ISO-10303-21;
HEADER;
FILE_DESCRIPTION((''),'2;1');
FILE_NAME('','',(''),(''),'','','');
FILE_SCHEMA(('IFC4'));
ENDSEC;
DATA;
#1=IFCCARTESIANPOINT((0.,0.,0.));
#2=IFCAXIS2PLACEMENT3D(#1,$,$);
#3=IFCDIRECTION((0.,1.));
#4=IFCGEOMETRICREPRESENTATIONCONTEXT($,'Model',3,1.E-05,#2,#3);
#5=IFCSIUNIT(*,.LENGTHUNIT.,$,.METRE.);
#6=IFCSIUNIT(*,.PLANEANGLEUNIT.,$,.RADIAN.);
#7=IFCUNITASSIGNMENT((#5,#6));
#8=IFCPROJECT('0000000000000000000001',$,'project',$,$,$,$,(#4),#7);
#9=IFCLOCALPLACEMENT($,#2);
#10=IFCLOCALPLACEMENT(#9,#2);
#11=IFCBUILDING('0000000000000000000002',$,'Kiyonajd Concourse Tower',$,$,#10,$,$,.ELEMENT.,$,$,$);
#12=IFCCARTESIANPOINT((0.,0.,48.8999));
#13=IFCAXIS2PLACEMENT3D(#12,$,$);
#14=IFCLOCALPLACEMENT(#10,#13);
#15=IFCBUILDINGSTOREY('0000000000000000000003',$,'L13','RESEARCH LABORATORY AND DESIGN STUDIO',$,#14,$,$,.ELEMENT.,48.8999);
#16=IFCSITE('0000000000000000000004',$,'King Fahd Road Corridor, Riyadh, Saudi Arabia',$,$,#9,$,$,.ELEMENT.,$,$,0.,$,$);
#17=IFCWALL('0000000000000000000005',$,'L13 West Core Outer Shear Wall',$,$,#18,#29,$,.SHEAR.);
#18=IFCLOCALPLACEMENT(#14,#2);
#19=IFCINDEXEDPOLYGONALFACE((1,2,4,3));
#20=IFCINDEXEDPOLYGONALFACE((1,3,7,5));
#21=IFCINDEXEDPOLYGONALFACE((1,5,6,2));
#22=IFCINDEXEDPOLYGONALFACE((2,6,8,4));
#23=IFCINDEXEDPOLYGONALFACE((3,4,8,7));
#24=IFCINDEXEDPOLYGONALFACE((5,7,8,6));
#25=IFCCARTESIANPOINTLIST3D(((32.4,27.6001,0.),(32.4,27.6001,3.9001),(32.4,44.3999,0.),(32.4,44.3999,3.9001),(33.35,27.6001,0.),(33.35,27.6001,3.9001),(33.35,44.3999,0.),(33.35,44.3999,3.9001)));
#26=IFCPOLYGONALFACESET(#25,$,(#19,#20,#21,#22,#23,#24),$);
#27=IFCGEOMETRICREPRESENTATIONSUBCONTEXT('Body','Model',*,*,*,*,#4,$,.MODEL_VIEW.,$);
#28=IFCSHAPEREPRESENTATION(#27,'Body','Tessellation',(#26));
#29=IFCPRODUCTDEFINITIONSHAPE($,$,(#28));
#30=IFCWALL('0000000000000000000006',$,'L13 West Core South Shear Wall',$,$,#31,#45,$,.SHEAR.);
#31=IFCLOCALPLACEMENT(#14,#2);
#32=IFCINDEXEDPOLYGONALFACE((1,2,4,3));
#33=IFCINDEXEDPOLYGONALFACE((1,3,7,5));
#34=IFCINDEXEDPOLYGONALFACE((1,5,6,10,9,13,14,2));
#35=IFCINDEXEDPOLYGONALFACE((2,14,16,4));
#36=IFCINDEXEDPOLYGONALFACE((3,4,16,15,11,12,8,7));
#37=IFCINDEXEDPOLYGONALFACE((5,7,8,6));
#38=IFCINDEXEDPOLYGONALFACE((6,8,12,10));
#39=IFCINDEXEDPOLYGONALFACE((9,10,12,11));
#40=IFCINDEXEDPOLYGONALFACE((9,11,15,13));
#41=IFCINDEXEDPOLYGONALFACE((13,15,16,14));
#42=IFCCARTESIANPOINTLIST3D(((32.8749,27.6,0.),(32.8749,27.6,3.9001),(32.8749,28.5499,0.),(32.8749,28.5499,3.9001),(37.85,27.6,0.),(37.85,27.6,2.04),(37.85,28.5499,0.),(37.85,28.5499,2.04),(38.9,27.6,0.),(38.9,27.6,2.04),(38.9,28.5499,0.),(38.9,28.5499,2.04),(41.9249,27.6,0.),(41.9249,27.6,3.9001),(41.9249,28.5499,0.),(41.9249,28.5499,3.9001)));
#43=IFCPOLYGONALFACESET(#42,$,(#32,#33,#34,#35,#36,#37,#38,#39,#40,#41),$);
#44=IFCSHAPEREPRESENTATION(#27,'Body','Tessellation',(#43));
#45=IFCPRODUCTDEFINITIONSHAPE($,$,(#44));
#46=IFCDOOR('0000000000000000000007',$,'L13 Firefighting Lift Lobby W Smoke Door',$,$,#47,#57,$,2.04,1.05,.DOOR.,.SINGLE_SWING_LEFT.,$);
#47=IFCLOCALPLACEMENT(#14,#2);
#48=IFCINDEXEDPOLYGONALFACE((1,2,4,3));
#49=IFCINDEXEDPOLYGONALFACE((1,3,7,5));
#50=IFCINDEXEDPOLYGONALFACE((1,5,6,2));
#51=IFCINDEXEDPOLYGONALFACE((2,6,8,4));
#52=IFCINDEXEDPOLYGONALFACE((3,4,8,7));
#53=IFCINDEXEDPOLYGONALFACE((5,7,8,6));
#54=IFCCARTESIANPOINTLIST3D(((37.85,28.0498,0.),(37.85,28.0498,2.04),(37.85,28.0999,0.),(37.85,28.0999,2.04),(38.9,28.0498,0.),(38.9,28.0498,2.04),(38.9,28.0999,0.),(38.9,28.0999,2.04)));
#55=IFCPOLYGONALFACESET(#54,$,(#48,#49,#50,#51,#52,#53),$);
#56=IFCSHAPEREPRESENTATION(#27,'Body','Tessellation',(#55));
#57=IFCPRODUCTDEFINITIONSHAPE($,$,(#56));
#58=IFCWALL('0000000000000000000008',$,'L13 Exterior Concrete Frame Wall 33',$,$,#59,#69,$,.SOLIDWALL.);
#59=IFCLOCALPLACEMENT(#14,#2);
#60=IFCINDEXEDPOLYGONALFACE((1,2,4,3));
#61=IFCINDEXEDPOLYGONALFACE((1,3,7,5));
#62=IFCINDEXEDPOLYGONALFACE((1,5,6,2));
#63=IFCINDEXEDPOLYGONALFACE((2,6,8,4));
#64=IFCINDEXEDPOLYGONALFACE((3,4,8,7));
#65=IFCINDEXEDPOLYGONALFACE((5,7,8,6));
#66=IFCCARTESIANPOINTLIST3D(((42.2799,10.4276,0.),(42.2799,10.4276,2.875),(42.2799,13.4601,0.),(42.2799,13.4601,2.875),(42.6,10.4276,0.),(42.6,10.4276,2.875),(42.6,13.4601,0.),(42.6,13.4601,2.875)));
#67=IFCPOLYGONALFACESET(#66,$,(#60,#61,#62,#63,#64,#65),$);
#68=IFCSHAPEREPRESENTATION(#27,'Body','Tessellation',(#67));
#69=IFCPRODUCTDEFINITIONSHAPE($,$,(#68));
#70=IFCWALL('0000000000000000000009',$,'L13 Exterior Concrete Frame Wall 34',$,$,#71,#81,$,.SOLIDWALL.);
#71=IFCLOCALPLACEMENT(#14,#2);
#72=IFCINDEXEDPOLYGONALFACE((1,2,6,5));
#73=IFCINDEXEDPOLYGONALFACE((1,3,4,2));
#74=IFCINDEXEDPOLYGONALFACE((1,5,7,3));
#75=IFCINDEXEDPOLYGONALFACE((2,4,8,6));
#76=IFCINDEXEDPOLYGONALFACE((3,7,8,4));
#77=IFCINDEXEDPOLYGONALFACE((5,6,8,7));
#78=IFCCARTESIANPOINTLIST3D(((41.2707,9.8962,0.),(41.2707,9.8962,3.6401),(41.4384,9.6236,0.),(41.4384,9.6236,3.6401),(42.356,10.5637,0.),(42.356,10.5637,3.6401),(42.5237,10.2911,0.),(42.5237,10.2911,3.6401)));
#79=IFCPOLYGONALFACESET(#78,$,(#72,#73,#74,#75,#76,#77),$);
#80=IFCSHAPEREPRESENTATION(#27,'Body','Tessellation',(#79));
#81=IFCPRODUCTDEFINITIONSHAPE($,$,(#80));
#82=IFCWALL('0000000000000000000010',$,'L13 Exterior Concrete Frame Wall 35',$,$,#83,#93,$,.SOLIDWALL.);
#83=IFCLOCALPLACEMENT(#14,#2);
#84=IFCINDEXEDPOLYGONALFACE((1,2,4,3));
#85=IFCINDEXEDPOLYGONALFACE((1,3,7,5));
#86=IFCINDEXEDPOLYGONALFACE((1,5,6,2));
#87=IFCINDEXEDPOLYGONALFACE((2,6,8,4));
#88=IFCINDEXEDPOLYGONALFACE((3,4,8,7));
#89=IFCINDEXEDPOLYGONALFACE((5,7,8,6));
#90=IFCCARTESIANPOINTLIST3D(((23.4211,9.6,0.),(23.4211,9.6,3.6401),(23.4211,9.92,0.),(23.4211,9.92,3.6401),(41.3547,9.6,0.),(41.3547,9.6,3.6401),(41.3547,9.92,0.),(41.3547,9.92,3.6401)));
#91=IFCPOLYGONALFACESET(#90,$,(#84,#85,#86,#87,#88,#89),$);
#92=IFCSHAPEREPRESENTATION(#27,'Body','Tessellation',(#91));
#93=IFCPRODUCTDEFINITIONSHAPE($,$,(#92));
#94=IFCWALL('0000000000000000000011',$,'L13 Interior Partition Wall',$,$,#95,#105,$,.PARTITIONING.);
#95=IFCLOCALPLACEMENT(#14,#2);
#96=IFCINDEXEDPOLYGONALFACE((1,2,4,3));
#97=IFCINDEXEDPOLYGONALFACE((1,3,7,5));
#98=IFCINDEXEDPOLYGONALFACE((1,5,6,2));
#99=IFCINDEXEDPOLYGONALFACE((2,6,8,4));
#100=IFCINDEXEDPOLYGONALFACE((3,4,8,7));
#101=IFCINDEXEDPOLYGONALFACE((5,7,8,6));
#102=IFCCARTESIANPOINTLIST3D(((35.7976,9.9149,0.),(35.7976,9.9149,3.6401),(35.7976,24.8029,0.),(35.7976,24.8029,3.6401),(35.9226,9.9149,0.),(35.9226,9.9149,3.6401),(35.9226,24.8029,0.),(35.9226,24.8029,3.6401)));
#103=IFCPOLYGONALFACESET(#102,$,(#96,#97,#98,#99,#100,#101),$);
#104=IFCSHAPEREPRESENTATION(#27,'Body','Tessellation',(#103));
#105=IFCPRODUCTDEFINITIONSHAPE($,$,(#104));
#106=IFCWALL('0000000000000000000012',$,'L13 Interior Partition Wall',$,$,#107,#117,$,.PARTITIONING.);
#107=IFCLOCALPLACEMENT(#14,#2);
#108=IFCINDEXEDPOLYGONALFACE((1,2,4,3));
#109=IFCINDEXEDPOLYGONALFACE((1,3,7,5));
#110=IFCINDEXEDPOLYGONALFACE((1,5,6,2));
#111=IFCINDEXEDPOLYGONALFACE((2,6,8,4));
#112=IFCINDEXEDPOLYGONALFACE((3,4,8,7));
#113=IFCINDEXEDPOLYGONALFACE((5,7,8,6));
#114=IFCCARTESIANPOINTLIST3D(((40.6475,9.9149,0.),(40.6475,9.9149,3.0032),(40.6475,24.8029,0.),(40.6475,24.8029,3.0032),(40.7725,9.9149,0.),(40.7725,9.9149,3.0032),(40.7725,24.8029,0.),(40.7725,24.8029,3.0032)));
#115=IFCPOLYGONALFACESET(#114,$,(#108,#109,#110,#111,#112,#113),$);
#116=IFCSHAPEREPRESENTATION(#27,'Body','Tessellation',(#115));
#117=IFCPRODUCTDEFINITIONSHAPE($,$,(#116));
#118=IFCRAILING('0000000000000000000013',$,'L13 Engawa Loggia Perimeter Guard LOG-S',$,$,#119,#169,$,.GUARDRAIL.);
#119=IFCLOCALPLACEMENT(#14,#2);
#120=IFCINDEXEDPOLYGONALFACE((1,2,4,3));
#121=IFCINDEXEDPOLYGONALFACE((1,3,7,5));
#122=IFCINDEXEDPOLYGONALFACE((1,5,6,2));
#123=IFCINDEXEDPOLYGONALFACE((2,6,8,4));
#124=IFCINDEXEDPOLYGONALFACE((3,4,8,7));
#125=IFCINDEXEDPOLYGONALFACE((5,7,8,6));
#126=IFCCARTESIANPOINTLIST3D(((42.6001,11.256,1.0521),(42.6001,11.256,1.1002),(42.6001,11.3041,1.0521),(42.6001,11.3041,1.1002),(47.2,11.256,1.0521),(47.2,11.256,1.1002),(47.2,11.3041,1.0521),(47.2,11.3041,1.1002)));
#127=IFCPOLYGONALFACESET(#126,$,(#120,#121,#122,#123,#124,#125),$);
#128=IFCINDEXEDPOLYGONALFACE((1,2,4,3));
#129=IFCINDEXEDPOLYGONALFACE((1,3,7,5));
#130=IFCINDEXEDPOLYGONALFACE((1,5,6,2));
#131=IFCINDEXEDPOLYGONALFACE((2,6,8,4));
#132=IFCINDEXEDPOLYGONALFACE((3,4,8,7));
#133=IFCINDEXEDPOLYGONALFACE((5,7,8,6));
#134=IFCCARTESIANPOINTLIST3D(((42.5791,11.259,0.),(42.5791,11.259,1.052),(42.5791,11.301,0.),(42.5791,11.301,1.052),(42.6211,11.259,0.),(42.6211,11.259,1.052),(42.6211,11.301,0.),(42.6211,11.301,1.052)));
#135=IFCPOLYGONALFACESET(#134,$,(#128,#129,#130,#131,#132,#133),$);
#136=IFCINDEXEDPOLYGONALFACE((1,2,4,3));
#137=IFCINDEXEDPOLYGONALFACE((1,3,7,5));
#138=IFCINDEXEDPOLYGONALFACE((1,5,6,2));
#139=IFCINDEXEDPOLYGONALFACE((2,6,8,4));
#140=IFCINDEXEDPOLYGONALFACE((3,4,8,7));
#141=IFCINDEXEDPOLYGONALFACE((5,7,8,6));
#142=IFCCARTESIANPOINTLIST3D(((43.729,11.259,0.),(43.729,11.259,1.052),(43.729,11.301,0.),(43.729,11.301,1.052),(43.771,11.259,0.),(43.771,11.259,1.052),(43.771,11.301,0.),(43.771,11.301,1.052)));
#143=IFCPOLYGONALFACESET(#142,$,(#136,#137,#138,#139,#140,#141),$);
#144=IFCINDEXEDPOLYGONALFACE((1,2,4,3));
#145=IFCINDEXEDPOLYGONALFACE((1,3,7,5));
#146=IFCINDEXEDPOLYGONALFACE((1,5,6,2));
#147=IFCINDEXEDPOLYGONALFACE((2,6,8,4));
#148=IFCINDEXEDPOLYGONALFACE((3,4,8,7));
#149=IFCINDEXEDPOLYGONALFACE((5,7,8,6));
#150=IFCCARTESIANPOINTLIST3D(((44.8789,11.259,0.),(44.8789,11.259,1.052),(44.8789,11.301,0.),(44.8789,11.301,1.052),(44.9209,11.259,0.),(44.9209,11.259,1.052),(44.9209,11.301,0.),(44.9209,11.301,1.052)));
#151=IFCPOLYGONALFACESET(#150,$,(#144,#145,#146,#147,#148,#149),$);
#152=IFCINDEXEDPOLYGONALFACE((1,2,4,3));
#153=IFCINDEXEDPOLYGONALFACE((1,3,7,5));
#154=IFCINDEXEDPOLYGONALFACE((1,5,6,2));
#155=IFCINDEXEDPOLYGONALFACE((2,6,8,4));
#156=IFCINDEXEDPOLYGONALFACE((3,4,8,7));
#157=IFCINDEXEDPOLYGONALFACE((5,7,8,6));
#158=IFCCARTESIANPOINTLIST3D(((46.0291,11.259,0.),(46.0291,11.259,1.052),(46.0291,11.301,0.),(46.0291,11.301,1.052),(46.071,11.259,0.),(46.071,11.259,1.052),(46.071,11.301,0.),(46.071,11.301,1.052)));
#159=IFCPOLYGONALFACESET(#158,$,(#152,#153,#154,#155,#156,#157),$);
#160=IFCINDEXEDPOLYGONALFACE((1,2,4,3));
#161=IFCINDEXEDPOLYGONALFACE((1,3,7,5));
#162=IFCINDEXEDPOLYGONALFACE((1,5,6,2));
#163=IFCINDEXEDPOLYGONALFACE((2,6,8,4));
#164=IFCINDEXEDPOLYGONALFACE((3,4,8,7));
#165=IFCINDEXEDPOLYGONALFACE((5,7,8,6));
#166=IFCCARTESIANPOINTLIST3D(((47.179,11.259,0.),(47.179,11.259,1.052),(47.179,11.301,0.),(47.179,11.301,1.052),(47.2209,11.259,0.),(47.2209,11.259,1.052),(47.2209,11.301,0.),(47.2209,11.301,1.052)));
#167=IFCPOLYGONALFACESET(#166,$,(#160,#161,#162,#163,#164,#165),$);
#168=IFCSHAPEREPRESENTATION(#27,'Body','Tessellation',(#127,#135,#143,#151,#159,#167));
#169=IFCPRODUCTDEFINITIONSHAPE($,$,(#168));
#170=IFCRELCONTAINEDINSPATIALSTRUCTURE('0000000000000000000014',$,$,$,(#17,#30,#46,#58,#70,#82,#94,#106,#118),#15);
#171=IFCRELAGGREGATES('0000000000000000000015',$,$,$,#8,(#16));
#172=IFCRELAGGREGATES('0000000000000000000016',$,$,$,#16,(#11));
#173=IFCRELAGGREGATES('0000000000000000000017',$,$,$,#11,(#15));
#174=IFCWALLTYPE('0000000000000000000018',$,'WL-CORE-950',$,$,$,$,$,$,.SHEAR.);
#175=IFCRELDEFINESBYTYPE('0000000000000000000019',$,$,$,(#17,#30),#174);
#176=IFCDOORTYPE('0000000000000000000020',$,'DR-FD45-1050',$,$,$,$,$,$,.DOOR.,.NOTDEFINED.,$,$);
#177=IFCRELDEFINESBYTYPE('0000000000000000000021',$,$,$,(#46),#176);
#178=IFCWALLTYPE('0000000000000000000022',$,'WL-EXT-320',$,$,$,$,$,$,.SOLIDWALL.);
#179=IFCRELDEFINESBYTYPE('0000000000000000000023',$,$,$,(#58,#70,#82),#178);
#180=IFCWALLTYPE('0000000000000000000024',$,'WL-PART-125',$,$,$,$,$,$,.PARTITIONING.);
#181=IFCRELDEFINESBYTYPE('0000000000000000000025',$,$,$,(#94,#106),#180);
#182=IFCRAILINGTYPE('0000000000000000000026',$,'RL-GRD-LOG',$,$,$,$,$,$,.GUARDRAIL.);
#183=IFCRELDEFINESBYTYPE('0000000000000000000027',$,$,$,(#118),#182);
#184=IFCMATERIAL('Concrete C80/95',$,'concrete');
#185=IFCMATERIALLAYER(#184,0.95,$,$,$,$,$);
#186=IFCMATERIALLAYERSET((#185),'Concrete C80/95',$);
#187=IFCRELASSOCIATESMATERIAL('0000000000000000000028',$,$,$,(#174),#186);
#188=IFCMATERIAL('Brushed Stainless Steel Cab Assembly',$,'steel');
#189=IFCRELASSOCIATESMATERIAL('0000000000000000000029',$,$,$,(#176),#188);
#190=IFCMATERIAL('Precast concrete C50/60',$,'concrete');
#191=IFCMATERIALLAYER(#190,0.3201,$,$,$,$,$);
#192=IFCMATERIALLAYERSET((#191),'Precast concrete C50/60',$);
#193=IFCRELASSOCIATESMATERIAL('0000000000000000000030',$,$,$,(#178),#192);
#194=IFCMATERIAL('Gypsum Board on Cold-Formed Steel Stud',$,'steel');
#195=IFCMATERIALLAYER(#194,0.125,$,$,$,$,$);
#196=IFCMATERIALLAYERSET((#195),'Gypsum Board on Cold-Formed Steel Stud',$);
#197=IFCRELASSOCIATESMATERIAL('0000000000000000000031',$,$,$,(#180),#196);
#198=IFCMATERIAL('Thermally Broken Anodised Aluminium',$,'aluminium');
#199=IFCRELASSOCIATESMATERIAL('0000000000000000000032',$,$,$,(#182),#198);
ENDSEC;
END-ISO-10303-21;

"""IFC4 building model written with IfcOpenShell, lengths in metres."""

from ifc_helpers import new_model, si_unit, direction, frame, frame_2d, origin, origin_2d, place, context, subcontext, project, spatial, rectangle, extrude, material, layer, layer_set, type_object, element, fill, save


model = new_model("IFC4")

# Units and contexts
model_context = context("Model", 3, precision=1e-05, world=origin(), true_north=direction((0.0, 1.0)))
body_context = subcontext(model_context, "Body", "Model", "MODEL_VIEW")
ifc_project = project(units=[si_unit("LENGTHUNIT", "METRE"), si_unit("PLANEANGLEUNIT", "RADIAN")], contexts=[model_context])

# Site, building, storey
site_placement = place(None, origin())
site = spatial("IfcSite", under=ifc_project, at=site_placement, Name="King Fahd Road Corridor, Riyadh, Saudi Arabia", CompositionType="ELEMENT", RefElevation=0.0)
building_placement = place(site_placement, origin())
building = spatial("IfcBuilding", under=site, at=building_placement, Name="Kiyonajd Concourse Tower", CompositionType="ELEMENT")
storey_placement = place(building_placement, frame((0.0, 0.0, 48.8999)))
storey = spatial("IfcBuildingStorey", under=building, at=storey_placement, Name="L13", Description="RESEARCH LABORATORY AND DESIGN STUDIO", CompositionType="ELEMENT", Elevation=48.8999)

# Shared definitions
ifc_material_1 = material(Name="Concrete C80/95", Category="concrete")

# Shared definitions
ifc_material_2 = material(Name="Precast concrete C50/60", Category="concrete")

# Shared definitions
ifc_material_3 = material(Name="Thermally Broken Anodised Aluminium", Category="aluminium")

# Wall
ifc_layer_1 = layer(ifc_material_1, 0.95)
ifc_layer_set_1 = layer_set([ifc_layer_1], Name="Concrete C80/95")
wall_type_1 = type_object("IfcWallType", Name="WL-CORE-950", PredefinedType="SHEAR", material=ifc_layer_set_1)
wall_1_placement = place(storey_placement, frame((32.875, 27.6001, 0.0), z_axis=(0.0, 0.0, 1.0), x_axis=(0.0, 1.0, 0.0)))
element("IfcWall", 1, at=wall_1_placement, inside=storey, type_object=wall_type_1, Name="L13 West Core Outer Shear Wall", PredefinedType="SHEAR", context=body_context, shape_type="SweptSolid", body=[
    extrude(rectangle(XDim=16.7998, YDim=0.95, at=frame_2d((8.3999, 0.0))), origin(), (0.0, 0.0, 1.0), 3.9001),
])

# Wall, opening, door
wall_2_placement = place(storey_placement, frame((32.875, 28.075, 0.0), z_axis=(0.0, 0.0, 1.0), x_axis=(1.0, 0.0, 0.0)))
wall_2 = element("IfcWall", 2, at=wall_2_placement, inside=storey, type_object=wall_type_1, Name="L13 West Core South Shear Wall", PredefinedType="SHEAR", context=body_context, shape_type="SweptSolid", body=[
    extrude(rectangle(XDim=9.05, YDim=0.95, at=frame_2d((4.5249, 0.0))), origin(), (0.0, 0.0, 1.0), 3.9001),
])
opening_placement = place(wall_2_placement, frame((4.9751, 0.0, 0.0)))
opening = element("IfcOpeningElement", 3, at=opening_placement, cuts=wall_2, PredefinedType="OPENING", context=body_context, shape_type="SweptSolid", body=[
    extrude(rectangle(XDim=1.05, YDim=2.04, at=frame_2d((0.5249, 1.02))), frame((0.0, 0.4849, 0.0), z_axis=(0.0, -1.0, 0.0), x_axis=(1.0, 0.0, 0.0)), (0.0, 0.0, 1.0), 0.97),
])
ifc_material_4 = material(Name="Brushed Stainless Steel Cab Assembly", Category="steel")
door_type = type_object("IfcDoorType", Name="DR-FD45-1050", OperationType="NOTDEFINED", PredefinedType="DOOR", material=ifc_material_4)
door_placement = place(opening_placement, origin())
door = element("IfcDoor", 4, at=door_placement, inside=storey, type_object=door_type, Name="L13 Firefighting Lift Lobby W Smoke Door", OperationType="SINGLE_SWING_LEFT", OverallHeight=2.04, OverallWidth=1.05, PredefinedType="DOOR", context=body_context, shape_type="SweptSolid", body=[
    extrude(rectangle(XDim=1.05, YDim=2.04, at=frame_2d((0.5249, 1.02))), frame((0.0, 0.0249, 0.0), z_axis=(0.0, -1.0, 0.0), x_axis=(1.0, 0.0, 0.0)), (0.0, 0.0, 1.0), 0.05),
])
fill(opening, door)

# Walls
ifc_layer_2 = layer(ifc_material_2, 0.3201)
ifc_layer_set_2 = layer_set([ifc_layer_2], Name="Precast concrete C50/60")
wall_type_2 = type_object("IfcWallType", Name="WL-EXT-320", PredefinedType="SOLIDWALL", material=ifc_layer_set_2)
wall_3_placement = place(storey_placement, frame((42.4399, 13.46, 0.0), z_axis=(0.0, 0.0, 1.0), x_axis=(0.0, -1.0, 0.0)))
element("IfcWall", 5, at=wall_3_placement, inside=storey, type_object=wall_type_2, Name="L13 Exterior Concrete Frame Wall 33", PredefinedType="SOLIDWALL", context=body_context, shape_type="SweptSolid", body=[
    extrude(rectangle(XDim=3.0325, YDim=0.3201, at=frame_2d((1.5161, 0.0))), origin(), (0.0, 0.0, 1.0), 2.875),
])
wall_4_placement = place(storey_placement, frame((42.4399, 10.4275, 0.0), z_axis=(0.0, 0.0, 1.0), x_axis=(-0.851777, -0.523905, 0.0)))
element("IfcWall", 6, at=wall_4_placement, inside=storey, type_object=wall_type_2, Name="L13 Exterior Concrete Frame Wall 34", PredefinedType="SOLIDWALL", context=body_context, shape_type="SweptSolid", body=[
    extrude(rectangle(XDim=1.2742, YDim=0.3201, at=frame_2d((0.6372, 0.0))), origin(), (0.0, 0.0, 1.0), 3.6401),
])
wall_5_placement = place(storey_placement, frame((41.3547, 9.76, 0.0), z_axis=(0.0, 0.0, 1.0), x_axis=(-1.0, 0.0, 0.0)))
element("IfcWall", 7, at=wall_5_placement, inside=storey, type_object=wall_type_2, Name="L13 Exterior Concrete Frame Wall 35", PredefinedType="SOLIDWALL", context=body_context, shape_type="SweptSolid", body=[
    extrude(rectangle(XDim=17.9336, YDim=0.3201, at=frame_2d((8.9668, 0.0))), origin(), (0.0, 0.0, 1.0), 3.6401),
])
ifc_material_5 = material(Name="Gypsum Board on Cold-Formed Steel Stud", Category="steel")
ifc_layer_3 = layer(ifc_material_5, 0.125)
ifc_layer_set_3 = layer_set([ifc_layer_3], Name="Gypsum Board on Cold-Formed Steel Stud")
wall_type_3 = type_object("IfcWallType", Name="WL-PART-125", PredefinedType="PARTITIONING", material=ifc_layer_set_3)
wall_6_placement = place(storey_placement, frame((35.8601, 9.915, 0.0), z_axis=(0.0, 0.0, 1.0), x_axis=(0.0, 1.0, 0.0)))
element("IfcWall", 8, at=wall_6_placement, inside=storey, type_object=wall_type_3, Name="L13 Interior Partition Wall", PredefinedType="PARTITIONING", context=body_context, shape_type="SweptSolid", body=[
    extrude(rectangle(XDim=14.8879, YDim=0.125, at=frame_2d((7.4438, 0.0))), origin(), (0.0, 0.0, 1.0), 3.6401),
])
wall_7_placement = place(storey_placement, frame((40.71, 9.915, 0.0), z_axis=(0.0, 0.0, 1.0), x_axis=(0.0, 1.0, 0.0)))
element("IfcWall", 9, at=wall_7_placement, inside=storey, type_object=wall_type_3, Name="L13 Interior Partition Wall", PredefinedType="PARTITIONING", context=body_context, shape_type="SweptSolid", body=[
    extrude(rectangle(XDim=14.8879, YDim=0.125, at=frame_2d((7.4438, 0.0))), origin(), (0.0, 0.0, 1.0), 3.0032),
])

# Railing
railing_type = type_object("IfcRailingType", Name="RL-GRD-LOG", PredefinedType="GUARDRAIL", material=ifc_material_3)
railing_placement = place(storey_placement, frame((42.6001, 11.28, 0.0)))
element("IfcRailing", 10, at=railing_placement, inside=storey, type_object=railing_type, Name="L13 Engawa Loggia Perimeter Guard LOG-S", PredefinedType="GUARDRAIL", context=body_context, shape_type="SweptSolid", body=[
    extrude(rectangle(XDim=0.0481, YDim=0.0481, at=origin_2d()), frame((0.0, 0.0, 1.0762), z_axis=(1.0, 0.0, 0.0), x_axis=(0.0, 1.0, 0.0)), (0.0, 0.0, 1.0), 4.5999),
    extrude(rectangle(XDim=0.042, YDim=0.042, at=origin_2d()), origin(), (0.0, 0.0, 1.0), 1.052),
    extrude(rectangle(XDim=0.042, YDim=0.042, at=origin_2d()), frame((1.1499, 0.0, 0.0)), (0.0, 0.0, 1.0), 1.052),
    extrude(rectangle(XDim=0.042, YDim=0.042, at=origin_2d()), frame((2.2998, 0.0, 0.0)), (0.0, 0.0, 1.0), 1.052),
    extrude(rectangle(XDim=0.042, YDim=0.042, at=origin_2d()), frame((3.45, 0.0, 0.0)), (0.0, 0.0, 1.0), 1.052),
    extrude(rectangle(XDim=0.042, YDim=0.042, at=origin_2d()), frame((4.5999, 0.0, 0.0)), (0.0, 0.0, 1.0), 1.052),
])

save(model, "model.ifc")
